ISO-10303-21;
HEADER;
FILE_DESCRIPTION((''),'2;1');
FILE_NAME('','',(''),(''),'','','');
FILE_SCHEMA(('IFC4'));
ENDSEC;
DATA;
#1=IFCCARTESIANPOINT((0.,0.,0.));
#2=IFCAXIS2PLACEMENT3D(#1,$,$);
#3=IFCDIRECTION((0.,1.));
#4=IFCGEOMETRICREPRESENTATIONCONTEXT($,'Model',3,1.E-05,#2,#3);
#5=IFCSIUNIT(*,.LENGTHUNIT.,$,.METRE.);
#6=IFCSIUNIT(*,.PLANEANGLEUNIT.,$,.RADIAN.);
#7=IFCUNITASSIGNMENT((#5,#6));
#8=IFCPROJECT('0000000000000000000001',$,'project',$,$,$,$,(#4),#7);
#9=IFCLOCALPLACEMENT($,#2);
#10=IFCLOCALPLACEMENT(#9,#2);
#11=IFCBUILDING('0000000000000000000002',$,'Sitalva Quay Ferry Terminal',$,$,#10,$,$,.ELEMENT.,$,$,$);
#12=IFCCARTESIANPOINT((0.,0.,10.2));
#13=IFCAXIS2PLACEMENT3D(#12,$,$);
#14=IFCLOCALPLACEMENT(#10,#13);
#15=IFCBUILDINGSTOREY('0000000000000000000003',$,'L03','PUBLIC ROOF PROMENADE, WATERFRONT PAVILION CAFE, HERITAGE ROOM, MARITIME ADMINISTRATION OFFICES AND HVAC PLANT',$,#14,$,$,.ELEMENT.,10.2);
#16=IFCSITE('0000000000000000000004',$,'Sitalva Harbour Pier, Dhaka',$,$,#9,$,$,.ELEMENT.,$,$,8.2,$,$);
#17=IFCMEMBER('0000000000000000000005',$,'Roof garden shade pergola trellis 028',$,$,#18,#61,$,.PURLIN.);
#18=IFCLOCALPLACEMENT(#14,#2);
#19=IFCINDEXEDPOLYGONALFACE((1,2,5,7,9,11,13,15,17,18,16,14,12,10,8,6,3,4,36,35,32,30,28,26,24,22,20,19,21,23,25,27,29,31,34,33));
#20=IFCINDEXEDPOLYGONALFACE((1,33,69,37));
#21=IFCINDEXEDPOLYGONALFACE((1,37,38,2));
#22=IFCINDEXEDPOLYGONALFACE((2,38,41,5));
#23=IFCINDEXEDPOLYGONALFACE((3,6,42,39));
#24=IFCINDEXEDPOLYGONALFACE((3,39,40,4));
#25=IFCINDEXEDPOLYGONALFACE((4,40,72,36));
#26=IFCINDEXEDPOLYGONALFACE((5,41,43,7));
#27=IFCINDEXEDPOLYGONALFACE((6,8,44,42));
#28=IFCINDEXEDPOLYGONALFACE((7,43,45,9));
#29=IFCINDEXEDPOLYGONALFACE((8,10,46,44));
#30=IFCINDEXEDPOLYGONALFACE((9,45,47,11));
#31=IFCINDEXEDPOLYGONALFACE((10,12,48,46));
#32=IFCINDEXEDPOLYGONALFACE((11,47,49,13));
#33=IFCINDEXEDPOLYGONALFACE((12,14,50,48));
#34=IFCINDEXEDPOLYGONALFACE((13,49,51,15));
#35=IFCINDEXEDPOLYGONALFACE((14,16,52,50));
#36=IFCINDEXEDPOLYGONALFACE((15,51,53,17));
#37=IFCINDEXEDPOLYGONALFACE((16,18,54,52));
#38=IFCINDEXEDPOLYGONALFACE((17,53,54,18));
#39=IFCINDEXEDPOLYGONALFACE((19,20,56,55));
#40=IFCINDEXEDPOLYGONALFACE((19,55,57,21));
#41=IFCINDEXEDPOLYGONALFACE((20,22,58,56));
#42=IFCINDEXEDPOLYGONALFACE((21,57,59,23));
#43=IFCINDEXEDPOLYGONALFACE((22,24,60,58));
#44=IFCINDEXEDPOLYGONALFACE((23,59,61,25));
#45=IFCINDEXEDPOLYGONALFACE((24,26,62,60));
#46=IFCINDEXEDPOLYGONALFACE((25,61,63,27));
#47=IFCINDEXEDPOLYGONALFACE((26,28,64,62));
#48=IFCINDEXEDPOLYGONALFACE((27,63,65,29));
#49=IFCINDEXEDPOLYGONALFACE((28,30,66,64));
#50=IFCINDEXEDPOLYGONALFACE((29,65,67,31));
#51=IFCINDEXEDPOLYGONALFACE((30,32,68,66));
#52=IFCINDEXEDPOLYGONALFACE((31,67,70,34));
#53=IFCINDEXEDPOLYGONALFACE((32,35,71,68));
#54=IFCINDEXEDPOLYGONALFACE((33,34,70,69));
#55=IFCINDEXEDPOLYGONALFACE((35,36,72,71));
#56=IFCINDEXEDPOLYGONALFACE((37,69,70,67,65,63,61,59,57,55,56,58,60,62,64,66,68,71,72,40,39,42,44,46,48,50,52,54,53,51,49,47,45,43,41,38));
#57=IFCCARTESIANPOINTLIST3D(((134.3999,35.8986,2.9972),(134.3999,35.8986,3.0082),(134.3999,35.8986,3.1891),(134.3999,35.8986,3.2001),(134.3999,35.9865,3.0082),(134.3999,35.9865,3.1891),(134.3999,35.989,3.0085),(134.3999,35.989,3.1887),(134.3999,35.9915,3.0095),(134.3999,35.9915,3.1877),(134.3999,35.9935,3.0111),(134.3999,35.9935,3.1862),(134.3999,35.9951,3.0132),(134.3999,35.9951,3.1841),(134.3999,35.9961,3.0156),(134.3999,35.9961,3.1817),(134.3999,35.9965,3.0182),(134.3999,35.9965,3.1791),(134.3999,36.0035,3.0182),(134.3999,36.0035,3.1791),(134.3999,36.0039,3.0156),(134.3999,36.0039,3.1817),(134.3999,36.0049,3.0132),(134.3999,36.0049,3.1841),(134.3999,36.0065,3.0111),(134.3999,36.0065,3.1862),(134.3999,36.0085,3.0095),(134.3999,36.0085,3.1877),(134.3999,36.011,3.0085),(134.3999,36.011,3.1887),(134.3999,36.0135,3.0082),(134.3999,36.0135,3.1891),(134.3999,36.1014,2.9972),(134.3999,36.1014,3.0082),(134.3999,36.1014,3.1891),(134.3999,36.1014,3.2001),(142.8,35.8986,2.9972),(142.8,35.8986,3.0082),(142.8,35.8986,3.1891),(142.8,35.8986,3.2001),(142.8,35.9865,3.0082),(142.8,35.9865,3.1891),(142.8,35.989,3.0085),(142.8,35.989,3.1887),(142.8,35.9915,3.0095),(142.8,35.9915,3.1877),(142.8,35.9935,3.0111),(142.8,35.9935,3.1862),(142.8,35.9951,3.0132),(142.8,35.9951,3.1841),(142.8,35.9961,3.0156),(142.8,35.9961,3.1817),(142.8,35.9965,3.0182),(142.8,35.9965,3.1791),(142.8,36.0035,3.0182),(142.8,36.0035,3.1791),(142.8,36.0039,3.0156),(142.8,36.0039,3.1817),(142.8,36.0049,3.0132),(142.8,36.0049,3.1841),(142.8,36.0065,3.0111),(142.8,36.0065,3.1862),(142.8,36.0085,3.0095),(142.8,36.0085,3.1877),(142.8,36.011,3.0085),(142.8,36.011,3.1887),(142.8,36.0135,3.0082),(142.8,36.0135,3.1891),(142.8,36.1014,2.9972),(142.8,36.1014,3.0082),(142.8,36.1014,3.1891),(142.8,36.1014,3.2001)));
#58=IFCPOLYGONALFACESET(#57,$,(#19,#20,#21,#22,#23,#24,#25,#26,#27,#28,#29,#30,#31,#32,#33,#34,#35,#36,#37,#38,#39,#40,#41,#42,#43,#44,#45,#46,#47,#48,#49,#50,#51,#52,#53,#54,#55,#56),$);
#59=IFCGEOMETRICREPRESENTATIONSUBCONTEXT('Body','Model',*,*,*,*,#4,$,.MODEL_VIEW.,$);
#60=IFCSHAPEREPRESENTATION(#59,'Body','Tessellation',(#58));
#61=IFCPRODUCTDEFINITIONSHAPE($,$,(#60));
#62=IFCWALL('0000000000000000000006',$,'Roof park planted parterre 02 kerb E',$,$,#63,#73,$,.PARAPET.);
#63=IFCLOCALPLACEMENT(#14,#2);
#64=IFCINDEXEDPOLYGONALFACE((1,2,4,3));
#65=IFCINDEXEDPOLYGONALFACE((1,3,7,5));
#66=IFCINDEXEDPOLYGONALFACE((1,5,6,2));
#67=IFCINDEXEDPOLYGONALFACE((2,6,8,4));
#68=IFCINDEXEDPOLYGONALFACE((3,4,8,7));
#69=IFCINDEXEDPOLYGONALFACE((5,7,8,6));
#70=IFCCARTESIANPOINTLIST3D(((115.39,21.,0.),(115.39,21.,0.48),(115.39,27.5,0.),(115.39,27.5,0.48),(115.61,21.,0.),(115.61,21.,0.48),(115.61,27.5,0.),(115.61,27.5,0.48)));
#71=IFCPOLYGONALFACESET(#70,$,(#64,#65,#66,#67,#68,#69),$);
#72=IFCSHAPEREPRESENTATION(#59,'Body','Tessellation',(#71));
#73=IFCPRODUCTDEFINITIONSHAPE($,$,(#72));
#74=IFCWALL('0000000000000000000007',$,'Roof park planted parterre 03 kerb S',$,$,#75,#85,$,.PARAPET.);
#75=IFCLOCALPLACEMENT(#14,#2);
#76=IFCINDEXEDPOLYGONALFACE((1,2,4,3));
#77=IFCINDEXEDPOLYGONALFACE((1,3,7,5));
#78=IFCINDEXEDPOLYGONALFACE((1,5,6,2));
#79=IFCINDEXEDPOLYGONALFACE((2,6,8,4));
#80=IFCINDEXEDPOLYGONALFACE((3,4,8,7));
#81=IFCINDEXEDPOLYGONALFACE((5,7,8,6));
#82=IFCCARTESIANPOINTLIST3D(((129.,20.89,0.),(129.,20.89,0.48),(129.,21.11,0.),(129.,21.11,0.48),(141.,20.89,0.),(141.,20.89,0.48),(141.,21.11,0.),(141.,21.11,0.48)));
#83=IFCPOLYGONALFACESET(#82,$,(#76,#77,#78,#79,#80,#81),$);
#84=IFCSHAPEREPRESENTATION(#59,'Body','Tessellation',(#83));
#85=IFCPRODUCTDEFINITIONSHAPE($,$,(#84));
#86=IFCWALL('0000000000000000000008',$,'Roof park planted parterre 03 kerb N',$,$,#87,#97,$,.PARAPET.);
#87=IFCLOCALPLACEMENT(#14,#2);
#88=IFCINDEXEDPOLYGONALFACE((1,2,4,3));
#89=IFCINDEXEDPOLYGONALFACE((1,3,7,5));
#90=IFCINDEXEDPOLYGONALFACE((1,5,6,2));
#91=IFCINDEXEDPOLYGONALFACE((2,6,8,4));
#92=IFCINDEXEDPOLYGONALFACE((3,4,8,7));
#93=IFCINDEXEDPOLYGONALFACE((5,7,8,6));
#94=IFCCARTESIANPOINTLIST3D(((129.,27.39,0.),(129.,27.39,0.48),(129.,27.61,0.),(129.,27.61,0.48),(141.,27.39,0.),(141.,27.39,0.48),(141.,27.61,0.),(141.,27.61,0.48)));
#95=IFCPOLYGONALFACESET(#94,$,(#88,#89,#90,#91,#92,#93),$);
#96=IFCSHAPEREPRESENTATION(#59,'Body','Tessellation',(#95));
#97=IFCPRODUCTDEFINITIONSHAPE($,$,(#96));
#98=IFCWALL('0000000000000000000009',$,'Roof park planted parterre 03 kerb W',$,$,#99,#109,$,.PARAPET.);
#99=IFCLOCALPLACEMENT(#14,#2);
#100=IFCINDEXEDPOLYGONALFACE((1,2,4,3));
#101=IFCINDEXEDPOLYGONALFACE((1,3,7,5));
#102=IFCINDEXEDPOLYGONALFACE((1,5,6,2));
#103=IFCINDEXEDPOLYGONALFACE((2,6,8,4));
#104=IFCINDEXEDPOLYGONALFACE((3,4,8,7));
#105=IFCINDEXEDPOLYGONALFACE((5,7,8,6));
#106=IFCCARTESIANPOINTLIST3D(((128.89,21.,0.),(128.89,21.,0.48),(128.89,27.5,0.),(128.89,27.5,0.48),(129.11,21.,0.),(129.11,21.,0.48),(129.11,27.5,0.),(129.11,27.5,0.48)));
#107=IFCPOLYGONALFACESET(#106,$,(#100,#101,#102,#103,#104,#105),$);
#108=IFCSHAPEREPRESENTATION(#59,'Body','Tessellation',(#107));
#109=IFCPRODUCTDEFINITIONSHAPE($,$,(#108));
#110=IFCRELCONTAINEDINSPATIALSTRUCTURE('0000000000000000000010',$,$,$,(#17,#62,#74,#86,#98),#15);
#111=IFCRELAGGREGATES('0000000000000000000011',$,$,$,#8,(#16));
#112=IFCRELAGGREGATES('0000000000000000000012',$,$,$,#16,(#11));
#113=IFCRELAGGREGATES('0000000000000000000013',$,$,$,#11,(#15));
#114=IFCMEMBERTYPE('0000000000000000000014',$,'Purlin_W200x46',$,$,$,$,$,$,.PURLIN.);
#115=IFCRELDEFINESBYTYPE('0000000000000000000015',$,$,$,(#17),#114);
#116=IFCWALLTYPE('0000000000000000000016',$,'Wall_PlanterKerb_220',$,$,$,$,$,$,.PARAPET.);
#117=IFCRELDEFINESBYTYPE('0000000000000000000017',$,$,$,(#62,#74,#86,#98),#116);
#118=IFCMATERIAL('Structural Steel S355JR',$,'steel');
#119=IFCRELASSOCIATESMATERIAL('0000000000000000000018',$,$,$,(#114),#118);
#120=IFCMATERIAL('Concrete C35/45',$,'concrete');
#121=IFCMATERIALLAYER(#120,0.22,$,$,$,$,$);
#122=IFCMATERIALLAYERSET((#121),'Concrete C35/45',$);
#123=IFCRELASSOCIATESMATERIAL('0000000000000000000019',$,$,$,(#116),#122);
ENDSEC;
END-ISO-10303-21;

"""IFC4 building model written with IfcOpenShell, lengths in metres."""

from ifc_helpers import new_model, si_unit, direction, frame, frame_2d, origin, origin_2d, place, context, subcontext, project, spatial, rectangle, i_section, extrude, material, layer, layer_set, material_profile, profile_set, type_object, element, save


model = new_model("IFC4")

# Units and contexts
model_context = context("Model", 3, precision=1e-05, world=origin(), true_north=direction((0.0, 1.0)))
body_context = subcontext(model_context, "Body", "Model", "MODEL_VIEW")
ifc_project = project(units=[si_unit("LENGTHUNIT", "METRE"), si_unit("PLANEANGLEUNIT", "RADIAN")], contexts=[model_context])

# Site, building, storey
site_placement = place(None, origin())
site = spatial("IfcSite", under=ifc_project, at=site_placement, Name="Sitalva Harbour Pier, Dhaka", CompositionType="ELEMENT", RefElevation=8.2)
building_placement = place(site_placement, origin())
building = spatial("IfcBuilding", under=site, at=building_placement, Name="Sitalva Quay Ferry Terminal", CompositionType="ELEMENT")
storey_placement = place(building_placement, frame((0.0, 0.0, 10.2)))
storey = spatial("IfcBuildingStorey", under=building, at=storey_placement, Name="L03", Description="PUBLIC ROOF PROMENADE, WATERFRONT PAVILION CAFE, HERITAGE ROOM, MARITIME ADMINISTRATION OFFICES AND HVAC PLANT", CompositionType="ELEMENT", Elevation=10.2)

# Member
ifc_material_1 = material(Name="Structural Steel S355JR", Category="steel")
ifc_material_profile_1 = material_profile(ifc_material_1, i_section(OverallWidth=0.2029, OverallDepth=0.2029, WebThickness=0.0071, FlangeThickness=0.011, FilletRadius=0.01, at=origin_2d()), Name="W200x46")
ifc_profile_set_1 = profile_set([ifc_material_profile_1], Name="Structural Steel S355JR")
member_type_1 = type_object("IfcMemberType", Name="Purlin_W200x46", PredefinedType="PURLIN", material=ifc_profile_set_1)
member_1_placement = place(storey_placement, frame((134.3999, 36.0, 3.0986), z_axis=(1.0, 0.0, 0.0), x_axis=(0.0, 1.0, 0.0)))
element("IfcMember", 1, at=member_1_placement, inside=storey, type_object=member_type_1, Name="Roof garden shade pergola trellis 028", PredefinedType="PURLIN", context=body_context, shape_type="SweptSolid", body=[
    extrude(i_section(OverallWidth=0.2029, OverallDepth=0.2029, WebThickness=0.0071, FlangeThickness=0.011, FilletRadius=0.01, at=origin_2d()), origin(), (0.0, 0.0, 1.0), 8.4001),
])

# Walls
ifc_material_2 = material(Name="Concrete C35/45", Category="concrete")
ifc_layer = layer(ifc_material_2, 0.22)
ifc_layer_set = layer_set([ifc_layer], Name="Concrete C35/45")
wall_type = type_object("IfcWallType", Name="Wall_PlanterKerb_220", PredefinedType="PARAPET", material=ifc_layer_set)
wall_1_placement = place(storey_placement, frame((115.5, 21.0, 0.0), z_axis=(0.0, 0.0, 1.0), x_axis=(0.0, 1.0, 0.0)))
element("IfcWall", 2, at=wall_1_placement, inside=storey, type_object=wall_type, Name="Roof park planted parterre 02 kerb E", PredefinedType="PARAPET", context=body_context, shape_type="SweptSolid", body=[
    extrude(rectangle(XDim=6.5, YDim=0.22, at=frame_2d((3.25, 0.0))), origin(), (0.0, 0.0, 1.0), 0.48),
])
for number, where, z_axis, x_axis, name in (
    (3, (129.0, 21.0, 0.0), (0.0, 0.0, 1.0), (1.0, 0.0, 0.0), "Roof park planted parterre 03 kerb S"),
    (4, (129.0, 27.5, 0.0), (0.0, 0.0, 1.0), (1.0, 0.0, 0.0), "Roof park planted parterre 03 kerb N"),
):
    element("IfcWall", number, at=place(storey_placement, frame(where, z_axis=z_axis, x_axis=x_axis)), inside=storey, type_object=wall_type, Name=name, PredefinedType="PARAPET", context=body_context, shape_type="SweptSolid", body=[
        extrude(rectangle(XDim=12.0, YDim=0.22, at=frame_2d((6.0, 0.0))), origin(), (0.0, 0.0, 1.0), 0.48),
    ])
wall_2_placement = place(storey_placement, frame((129.0, 21.0, 0.0), z_axis=(0.0, 0.0, 1.0), x_axis=(0.0, 1.0, 0.0)))
element("IfcWall", 5, at=wall_2_placement, inside=storey, type_object=wall_type, Name="Roof park planted parterre 03 kerb W", PredefinedType="PARAPET", context=body_context, shape_type="SweptSolid", body=[
    extrude(rectangle(XDim=6.5, YDim=0.22, at=frame_2d((3.25, 0.0))), origin(), (0.0, 0.0, 1.0), 0.48),
])

save(model, "model.ifc")
